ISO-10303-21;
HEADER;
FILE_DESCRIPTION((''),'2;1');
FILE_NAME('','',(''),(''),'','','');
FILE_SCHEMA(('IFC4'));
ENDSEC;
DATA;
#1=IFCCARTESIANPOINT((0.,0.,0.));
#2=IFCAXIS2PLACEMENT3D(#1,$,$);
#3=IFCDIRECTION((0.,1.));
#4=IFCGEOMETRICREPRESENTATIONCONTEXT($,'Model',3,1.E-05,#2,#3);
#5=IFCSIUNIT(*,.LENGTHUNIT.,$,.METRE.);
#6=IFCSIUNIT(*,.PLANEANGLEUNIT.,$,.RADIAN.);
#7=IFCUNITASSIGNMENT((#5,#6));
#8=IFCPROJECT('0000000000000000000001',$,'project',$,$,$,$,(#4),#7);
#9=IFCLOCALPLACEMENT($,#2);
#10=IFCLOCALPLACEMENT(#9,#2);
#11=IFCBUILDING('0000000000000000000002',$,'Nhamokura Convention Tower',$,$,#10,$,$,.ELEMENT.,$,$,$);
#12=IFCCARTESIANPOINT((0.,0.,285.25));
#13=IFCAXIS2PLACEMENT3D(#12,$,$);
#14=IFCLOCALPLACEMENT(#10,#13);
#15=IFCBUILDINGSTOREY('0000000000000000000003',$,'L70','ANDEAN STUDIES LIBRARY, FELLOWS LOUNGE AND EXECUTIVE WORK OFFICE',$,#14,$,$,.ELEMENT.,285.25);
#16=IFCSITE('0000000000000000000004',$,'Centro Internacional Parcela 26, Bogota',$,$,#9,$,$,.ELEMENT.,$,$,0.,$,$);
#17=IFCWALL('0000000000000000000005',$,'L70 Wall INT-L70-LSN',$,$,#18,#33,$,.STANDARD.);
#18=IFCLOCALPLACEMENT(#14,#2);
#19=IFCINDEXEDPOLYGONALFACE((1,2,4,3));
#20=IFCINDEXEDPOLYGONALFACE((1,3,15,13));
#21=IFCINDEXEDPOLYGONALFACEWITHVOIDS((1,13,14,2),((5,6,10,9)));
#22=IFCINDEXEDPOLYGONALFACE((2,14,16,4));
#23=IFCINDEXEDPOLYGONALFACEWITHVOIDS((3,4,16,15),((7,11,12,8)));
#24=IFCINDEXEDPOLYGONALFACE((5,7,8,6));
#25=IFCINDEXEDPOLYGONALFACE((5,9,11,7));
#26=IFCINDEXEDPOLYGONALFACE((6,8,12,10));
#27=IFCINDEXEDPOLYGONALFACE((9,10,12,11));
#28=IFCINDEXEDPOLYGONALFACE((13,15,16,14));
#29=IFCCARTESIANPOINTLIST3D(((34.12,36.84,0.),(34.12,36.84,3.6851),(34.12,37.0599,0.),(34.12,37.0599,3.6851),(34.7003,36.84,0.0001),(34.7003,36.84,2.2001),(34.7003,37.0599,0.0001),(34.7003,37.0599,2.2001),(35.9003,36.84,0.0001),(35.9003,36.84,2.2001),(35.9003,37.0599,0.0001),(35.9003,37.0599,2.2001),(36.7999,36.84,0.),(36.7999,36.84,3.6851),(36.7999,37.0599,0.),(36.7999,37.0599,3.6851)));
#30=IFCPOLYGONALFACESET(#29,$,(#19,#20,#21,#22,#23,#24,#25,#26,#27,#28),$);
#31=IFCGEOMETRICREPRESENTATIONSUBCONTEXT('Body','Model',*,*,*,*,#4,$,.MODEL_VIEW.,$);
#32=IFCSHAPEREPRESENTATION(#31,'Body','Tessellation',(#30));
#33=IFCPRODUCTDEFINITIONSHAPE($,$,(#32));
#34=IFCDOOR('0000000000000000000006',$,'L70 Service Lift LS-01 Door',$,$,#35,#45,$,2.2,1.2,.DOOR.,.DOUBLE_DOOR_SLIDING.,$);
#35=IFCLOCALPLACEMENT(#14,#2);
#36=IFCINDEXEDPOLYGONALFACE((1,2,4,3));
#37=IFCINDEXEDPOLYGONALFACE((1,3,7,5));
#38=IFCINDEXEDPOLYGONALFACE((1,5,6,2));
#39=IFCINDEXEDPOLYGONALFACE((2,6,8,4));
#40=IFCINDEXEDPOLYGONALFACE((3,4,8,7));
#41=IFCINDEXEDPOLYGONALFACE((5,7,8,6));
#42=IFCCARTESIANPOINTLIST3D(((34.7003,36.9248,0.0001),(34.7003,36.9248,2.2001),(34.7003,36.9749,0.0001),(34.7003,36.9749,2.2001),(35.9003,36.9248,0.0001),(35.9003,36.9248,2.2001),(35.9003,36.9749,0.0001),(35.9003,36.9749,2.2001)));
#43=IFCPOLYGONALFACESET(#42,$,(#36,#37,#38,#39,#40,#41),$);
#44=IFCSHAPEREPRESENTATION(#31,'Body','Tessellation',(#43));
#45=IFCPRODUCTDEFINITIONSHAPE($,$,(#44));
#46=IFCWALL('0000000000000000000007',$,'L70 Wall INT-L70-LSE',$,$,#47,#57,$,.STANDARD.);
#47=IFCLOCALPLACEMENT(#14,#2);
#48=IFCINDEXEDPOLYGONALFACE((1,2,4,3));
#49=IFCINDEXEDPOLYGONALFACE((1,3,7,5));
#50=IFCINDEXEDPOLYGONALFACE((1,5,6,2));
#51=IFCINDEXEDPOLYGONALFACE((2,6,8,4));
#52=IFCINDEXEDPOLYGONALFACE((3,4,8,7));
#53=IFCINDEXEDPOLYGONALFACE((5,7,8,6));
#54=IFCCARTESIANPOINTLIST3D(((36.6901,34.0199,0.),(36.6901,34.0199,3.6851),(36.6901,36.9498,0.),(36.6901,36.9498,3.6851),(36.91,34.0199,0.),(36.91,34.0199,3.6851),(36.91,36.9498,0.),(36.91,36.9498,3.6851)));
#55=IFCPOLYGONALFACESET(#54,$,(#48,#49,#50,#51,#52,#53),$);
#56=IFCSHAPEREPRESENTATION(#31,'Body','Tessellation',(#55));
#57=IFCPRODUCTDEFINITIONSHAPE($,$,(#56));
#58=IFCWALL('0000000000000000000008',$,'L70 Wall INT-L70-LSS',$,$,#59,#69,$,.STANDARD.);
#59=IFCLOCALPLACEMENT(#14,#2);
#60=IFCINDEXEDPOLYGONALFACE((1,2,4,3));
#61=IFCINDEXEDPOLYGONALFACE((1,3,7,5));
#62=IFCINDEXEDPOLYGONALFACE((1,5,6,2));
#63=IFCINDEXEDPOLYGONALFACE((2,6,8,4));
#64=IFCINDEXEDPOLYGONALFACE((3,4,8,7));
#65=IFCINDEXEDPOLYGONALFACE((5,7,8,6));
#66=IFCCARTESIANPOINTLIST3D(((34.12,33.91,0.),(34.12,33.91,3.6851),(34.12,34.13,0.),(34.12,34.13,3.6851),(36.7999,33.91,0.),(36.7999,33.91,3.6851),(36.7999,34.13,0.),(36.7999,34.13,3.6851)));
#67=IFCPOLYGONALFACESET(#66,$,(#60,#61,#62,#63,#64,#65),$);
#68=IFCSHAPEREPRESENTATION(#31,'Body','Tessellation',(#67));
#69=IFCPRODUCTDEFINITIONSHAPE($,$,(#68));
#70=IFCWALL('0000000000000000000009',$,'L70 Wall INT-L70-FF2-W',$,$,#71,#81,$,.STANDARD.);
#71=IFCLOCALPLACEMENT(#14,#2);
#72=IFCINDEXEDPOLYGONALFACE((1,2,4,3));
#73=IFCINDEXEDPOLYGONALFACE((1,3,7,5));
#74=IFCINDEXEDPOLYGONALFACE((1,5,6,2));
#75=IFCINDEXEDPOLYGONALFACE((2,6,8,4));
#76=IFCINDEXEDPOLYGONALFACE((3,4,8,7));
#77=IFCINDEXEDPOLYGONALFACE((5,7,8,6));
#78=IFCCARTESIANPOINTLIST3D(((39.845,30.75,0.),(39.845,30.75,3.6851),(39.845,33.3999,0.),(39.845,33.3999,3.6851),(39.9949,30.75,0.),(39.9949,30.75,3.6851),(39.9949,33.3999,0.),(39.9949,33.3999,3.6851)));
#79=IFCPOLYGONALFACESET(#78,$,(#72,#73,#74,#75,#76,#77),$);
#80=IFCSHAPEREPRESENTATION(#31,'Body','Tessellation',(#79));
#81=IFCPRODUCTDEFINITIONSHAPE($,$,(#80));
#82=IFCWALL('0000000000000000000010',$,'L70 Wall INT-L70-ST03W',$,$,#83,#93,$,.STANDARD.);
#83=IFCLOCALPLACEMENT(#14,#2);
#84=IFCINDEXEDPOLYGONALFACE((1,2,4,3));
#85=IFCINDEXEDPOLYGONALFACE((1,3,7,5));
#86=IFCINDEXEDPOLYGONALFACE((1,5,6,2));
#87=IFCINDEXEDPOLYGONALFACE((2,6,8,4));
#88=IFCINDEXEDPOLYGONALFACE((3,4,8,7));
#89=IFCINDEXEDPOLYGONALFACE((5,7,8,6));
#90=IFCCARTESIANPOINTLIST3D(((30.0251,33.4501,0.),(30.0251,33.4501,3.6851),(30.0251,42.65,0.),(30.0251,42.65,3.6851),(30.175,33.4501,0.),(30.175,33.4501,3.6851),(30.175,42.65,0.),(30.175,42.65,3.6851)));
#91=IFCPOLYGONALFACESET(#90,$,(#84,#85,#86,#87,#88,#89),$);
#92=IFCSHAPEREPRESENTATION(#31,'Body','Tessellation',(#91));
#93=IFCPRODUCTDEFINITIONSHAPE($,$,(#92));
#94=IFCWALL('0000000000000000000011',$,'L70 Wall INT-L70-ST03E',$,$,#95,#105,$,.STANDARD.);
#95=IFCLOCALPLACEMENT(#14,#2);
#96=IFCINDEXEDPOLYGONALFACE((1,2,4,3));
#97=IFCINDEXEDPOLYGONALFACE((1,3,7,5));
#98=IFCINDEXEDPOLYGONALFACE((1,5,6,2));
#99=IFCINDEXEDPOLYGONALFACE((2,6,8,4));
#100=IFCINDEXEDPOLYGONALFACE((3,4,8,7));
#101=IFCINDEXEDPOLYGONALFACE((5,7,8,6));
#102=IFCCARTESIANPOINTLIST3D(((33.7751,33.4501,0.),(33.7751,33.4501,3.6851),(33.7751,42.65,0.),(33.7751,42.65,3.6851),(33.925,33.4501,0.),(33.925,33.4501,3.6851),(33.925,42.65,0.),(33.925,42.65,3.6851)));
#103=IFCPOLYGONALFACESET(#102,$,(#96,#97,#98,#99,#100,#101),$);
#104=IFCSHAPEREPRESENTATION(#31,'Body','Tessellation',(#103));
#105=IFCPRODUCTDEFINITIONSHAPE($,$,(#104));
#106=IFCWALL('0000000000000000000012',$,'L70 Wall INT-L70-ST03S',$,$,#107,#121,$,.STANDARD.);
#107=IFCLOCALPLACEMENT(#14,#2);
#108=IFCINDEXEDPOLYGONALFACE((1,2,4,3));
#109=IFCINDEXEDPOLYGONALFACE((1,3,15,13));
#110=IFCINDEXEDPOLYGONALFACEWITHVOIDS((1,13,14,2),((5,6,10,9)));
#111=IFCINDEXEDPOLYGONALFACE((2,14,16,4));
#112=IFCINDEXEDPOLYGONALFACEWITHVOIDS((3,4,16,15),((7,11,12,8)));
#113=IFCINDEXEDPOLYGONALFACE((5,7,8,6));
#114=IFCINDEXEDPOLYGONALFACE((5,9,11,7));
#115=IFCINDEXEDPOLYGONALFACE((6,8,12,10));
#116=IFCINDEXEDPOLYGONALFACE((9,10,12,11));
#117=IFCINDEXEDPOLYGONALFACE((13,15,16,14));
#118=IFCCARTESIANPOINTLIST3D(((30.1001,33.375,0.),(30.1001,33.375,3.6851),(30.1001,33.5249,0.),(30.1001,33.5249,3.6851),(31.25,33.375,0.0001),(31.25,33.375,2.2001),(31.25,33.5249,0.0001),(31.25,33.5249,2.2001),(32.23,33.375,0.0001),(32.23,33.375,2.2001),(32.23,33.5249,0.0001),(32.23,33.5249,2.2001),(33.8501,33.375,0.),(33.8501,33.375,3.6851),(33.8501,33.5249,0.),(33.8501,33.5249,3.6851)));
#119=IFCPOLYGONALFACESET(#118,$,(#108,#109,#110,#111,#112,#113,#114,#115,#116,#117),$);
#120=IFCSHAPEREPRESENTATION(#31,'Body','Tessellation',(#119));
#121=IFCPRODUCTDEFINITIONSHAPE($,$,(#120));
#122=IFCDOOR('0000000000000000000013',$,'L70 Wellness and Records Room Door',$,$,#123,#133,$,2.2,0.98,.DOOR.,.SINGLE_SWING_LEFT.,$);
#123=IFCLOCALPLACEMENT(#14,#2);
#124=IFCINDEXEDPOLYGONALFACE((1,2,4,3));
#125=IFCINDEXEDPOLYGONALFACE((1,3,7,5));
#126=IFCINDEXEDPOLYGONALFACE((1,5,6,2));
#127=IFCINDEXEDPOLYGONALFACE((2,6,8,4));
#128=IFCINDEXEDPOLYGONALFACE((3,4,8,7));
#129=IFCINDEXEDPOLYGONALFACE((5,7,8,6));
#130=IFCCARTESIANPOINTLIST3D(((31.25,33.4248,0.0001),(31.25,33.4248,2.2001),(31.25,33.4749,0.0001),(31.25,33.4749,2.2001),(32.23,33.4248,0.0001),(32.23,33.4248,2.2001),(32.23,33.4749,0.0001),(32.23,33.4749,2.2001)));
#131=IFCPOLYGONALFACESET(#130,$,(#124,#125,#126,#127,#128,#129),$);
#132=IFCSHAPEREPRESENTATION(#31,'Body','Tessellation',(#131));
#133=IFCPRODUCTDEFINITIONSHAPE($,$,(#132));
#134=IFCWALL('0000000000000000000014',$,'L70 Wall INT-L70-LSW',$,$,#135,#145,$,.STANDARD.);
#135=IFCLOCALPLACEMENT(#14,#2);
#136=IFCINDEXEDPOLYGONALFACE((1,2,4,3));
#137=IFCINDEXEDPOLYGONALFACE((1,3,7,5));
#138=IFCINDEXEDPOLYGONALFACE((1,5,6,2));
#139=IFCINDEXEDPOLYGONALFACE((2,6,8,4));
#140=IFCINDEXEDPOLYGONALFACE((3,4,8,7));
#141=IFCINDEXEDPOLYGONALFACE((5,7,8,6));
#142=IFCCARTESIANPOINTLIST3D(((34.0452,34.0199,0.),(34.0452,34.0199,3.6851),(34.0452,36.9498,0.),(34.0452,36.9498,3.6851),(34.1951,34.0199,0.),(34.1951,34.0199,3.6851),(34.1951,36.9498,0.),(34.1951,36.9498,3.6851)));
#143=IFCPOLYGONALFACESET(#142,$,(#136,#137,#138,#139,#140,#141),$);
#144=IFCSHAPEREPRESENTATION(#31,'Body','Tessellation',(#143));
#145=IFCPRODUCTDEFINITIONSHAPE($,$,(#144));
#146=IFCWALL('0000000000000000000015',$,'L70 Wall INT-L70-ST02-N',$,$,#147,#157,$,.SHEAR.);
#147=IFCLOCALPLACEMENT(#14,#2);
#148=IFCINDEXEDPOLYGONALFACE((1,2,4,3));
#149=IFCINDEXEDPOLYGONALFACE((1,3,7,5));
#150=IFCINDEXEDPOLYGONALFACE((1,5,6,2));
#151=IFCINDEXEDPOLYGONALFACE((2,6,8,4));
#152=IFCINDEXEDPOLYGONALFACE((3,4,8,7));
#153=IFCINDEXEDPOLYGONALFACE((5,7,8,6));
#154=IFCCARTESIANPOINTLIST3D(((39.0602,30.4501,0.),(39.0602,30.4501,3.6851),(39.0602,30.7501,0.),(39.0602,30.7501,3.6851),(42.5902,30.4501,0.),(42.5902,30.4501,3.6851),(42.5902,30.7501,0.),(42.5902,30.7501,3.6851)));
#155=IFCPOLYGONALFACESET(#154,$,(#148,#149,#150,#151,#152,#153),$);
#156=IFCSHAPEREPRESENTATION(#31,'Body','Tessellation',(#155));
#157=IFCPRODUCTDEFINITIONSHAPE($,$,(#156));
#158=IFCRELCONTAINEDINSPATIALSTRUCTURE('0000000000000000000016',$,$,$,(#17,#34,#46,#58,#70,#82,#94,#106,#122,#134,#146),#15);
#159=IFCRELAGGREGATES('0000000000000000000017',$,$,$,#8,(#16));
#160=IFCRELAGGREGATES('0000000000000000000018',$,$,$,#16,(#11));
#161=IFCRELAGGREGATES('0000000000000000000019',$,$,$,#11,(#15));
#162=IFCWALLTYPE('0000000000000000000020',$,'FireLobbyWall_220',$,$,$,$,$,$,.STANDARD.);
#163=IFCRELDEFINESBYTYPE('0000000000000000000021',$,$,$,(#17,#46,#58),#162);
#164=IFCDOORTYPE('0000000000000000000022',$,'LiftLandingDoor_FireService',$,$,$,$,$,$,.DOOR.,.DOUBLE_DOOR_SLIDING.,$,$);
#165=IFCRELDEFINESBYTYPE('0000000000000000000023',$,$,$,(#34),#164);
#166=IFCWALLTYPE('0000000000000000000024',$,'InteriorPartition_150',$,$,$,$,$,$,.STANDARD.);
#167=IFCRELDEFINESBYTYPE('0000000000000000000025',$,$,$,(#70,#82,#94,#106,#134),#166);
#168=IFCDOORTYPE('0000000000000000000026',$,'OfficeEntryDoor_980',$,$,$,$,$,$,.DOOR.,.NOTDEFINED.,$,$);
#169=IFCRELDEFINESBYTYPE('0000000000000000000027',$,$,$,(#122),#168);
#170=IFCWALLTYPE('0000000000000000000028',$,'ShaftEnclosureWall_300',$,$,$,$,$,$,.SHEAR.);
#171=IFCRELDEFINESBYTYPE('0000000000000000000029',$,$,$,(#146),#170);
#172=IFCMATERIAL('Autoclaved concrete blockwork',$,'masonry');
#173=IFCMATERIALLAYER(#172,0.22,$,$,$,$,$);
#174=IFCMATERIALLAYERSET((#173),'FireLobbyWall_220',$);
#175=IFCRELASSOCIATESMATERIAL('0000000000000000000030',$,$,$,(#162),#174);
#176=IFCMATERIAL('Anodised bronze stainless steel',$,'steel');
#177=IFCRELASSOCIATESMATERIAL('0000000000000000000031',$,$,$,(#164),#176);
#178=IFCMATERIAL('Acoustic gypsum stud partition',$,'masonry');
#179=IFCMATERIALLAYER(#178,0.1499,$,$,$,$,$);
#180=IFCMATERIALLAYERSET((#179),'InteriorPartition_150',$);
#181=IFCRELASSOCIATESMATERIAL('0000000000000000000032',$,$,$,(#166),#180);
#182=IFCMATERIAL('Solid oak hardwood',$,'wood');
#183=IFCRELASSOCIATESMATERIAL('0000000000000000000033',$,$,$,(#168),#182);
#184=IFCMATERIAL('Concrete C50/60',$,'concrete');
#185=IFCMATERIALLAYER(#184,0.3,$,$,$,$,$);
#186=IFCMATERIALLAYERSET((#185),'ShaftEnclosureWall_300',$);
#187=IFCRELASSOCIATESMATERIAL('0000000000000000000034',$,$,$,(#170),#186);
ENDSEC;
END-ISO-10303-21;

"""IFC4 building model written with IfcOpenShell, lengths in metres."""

from ifc_helpers import new_model, si_unit, direction, frame, frame_2d, origin, place, context, subcontext, project, spatial, rectangle, extrude, material, layer, layer_set, type_object, element, fill, save


model = new_model("IFC4")

# Units and contexts
model_context = context("Model", 3, precision=1e-05, world=origin(), true_north=direction((0.0, 1.0)))
body_context = subcontext(model_context, "Body", "Model", "MODEL_VIEW")
ifc_project = project(units=[si_unit("LENGTHUNIT", "METRE"), si_unit("PLANEANGLEUNIT", "RADIAN")], contexts=[model_context])

# Site, building, storey
site_placement = place(None, origin())
site = spatial("IfcSite", under=ifc_project, at=site_placement, Name="Centro Internacional Parcela 26, Bogota", CompositionType="ELEMENT", RefElevation=0.0)
building_placement = place(site_placement, origin())
building = spatial("IfcBuilding", under=site, at=building_placement, Name="Nhamokura Convention Tower", CompositionType="ELEMENT")
storey_placement = place(building_placement, frame((0.0, 0.0, 285.25)))
storey = spatial("IfcBuildingStorey", under=building, at=storey_placement, Name="L70", Description="ANDEAN STUDIES LIBRARY, FELLOWS LOUNGE AND EXECUTIVE WORK OFFICE", CompositionType="ELEMENT", Elevation=285.25)

# Shared definitions
ifc_material_1 = material(Name="Autoclaved concrete blockwork", Category="masonry")
ifc_layer_1 = layer(ifc_material_1, 0.22)
ifc_layer_set_1 = layer_set([ifc_layer_1], Name="FireLobbyWall_220")
wall_type_1 = type_object("IfcWallType", Name="FireLobbyWall_220", PredefinedType="STANDARD", material=ifc_layer_set_1)
ifc_material_2 = material(Name="Anodised bronze stainless steel", Category="steel")
door_type_1 = type_object("IfcDoorType", Name="LiftLandingDoor_FireService", OperationType="DOUBLE_DOOR_SLIDING", PredefinedType="DOOR", material=ifc_material_2)

# Wall, opening, door
wall_1_placement = place(storey_placement, frame((34.1201, 36.95, 0.0), z_axis=(0.0, 0.0, 1.0), x_axis=(1.0, 0.0, 0.0)))
wall_1 = element("IfcWall", 1, at=wall_1_placement, inside=storey, type_object=wall_type_1, Name="L70 Wall INT-L70-LSN", PredefinedType="STANDARD", context=body_context, shape_type="SweptSolid", body=[
    extrude(rectangle(XDim=2.6799, YDim=0.22, at=frame_2d((1.3398, 0.0))), origin(), (0.0, 0.0, 1.0), 3.6851),
])
opening_1_placement = place(wall_1_placement, frame((0.5801, 0.0, 0.0)))
opening_1 = element("IfcOpeningElement", 2, at=opening_1_placement, cuts=wall_1, PredefinedType="OPENING", context=body_context, shape_type="SweptSolid", body=[
    extrude(rectangle(XDim=1.2, YDim=2.2, at=frame_2d((0.6001, 1.1001))), frame((0.0, 0.1199, 0.0), z_axis=(0.0, -1.0, 0.0), x_axis=(1.0, 0.0, 0.0)), (0.0, 0.0, 1.0), 0.24),
])
door_1_placement = place(opening_1_placement, origin())
door_1 = element("IfcDoor", 3, at=door_1_placement, inside=storey, type_object=door_type_1, Name="L70 Service Lift LS-01 Door", OperationType="DOUBLE_DOOR_SLIDING", OverallHeight=2.2, OverallWidth=1.2, PredefinedType="DOOR", context=body_context, shape_type="SweptSolid", body=[
    extrude(rectangle(XDim=1.2, YDim=2.2, at=frame_2d((0.6001, 1.1001))), frame((0.0, 0.0249, 0.0), z_axis=(0.0, -1.0, 0.0), x_axis=(1.0, 0.0, 0.0)), (0.0, 0.0, 1.0), 0.05),
])
fill(opening_1, door_1)

# Walls
wall_2_placement = place(storey_placement, frame((36.8, 34.02, 0.0), z_axis=(0.0, 0.0, 1.0), x_axis=(0.0, 1.0, 0.0)))
element("IfcWall", 4, at=wall_2_placement, inside=storey, type_object=wall_type_1, Name="L70 Wall INT-L70-LSE", PredefinedType="STANDARD", context=body_context, shape_type="SweptSolid", body=[
    extrude(rectangle(XDim=2.9299, YDim=0.22, at=frame_2d((1.4648, 0.0))), origin(), (0.0, 0.0, 1.0), 3.6851),
])
wall_3_placement = place(storey_placement, frame((34.1201, 34.02, 0.0), z_axis=(0.0, 0.0, 1.0), x_axis=(1.0, 0.0, 0.0)))
element("IfcWall", 5, at=wall_3_placement, inside=storey, type_object=wall_type_1, Name="L70 Wall INT-L70-LSS", PredefinedType="STANDARD", context=body_context, shape_type="SweptSolid", body=[
    extrude(rectangle(XDim=2.6799, YDim=0.22, at=frame_2d((1.3398, 0.0))), origin(), (0.0, 0.0, 1.0), 3.6851),
])
ifc_material_3 = material(Name="Acoustic gypsum stud partition", Category="masonry")
ifc_layer_2 = layer(ifc_material_3, 0.1499)
ifc_layer_set_2 = layer_set([ifc_layer_2], Name="InteriorPartition_150")
wall_type_2 = type_object("IfcWallType", Name="InteriorPartition_150", PredefinedType="STANDARD", material=ifc_layer_set_2)
wall_4_placement = place(storey_placement, frame((39.9199, 30.75, 0.0), z_axis=(0.0, 0.0, 1.0), x_axis=(0.0, 1.0, 0.0)))
element("IfcWall", 6, at=wall_4_placement, inside=storey, type_object=wall_type_2, Name="L70 Wall INT-L70-FF2-W", PredefinedType="STANDARD", context=body_context, shape_type="SweptSolid", body=[
    extrude(rectangle(XDim=2.6499, YDim=0.1499, at=frame_2d((1.325, 0.0))), origin(), (0.0, 0.0, 1.0), 3.6851),
])
for number, where, z_axis, x_axis, name in (
    (7, (30.1001, 33.45, 0.0), (0.0, 0.0, 1.0), (0.0, 1.0, 0.0), "L70 Wall INT-L70-ST03W"),
    (8, (33.8501, 33.45, 0.0), (0.0, 0.0, 1.0), (0.0, 1.0, 0.0), "L70 Wall INT-L70-ST03E"),
):
    element("IfcWall", number, at=place(storey_placement, frame(where, z_axis=z_axis, x_axis=x_axis)), inside=storey, type_object=wall_type_2, Name=name, PredefinedType="STANDARD", context=body_context, shape_type="SweptSolid", body=[
        extrude(rectangle(XDim=9.2, YDim=0.1499, at=frame_2d((4.6001, 0.0))), origin(), (0.0, 0.0, 1.0), 3.6851),
    ])

# Wall, opening, door
wall_5_placement = place(storey_placement, frame((30.1001, 33.45, 0.0), z_axis=(0.0, 0.0, 1.0), x_axis=(1.0, 0.0, 0.0)))
wall_5 = element("IfcWall", 9, at=wall_5_placement, inside=storey, type_object=wall_type_2, Name="L70 Wall INT-L70-ST03S", PredefinedType="STANDARD", context=body_context, shape_type="SweptSolid", body=[
    extrude(rectangle(XDim=3.75, YDim=0.1499, at=frame_2d((1.875, 0.0))), origin(), (0.0, 0.0, 1.0), 3.6851),
])
opening_2_placement = place(wall_5_placement, frame((1.1499, 0.0, 0.0)))
opening_2 = element("IfcOpeningElement", 10, at=opening_2_placement, cuts=wall_5, PredefinedType="OPENING", context=body_context, shape_type="SweptSolid", body=[
    extrude(rectangle(XDim=0.98, YDim=2.2, at=frame_2d((0.49, 1.1001))), frame((0.0, 0.085, 0.0), z_axis=(0.0, -1.0, 0.0), x_axis=(1.0, 0.0, 0.0)), (0.0, 0.0, 1.0), 0.1699),
])
ifc_material_4 = material(Name="Solid oak hardwood", Category="wood")
door_type_2 = type_object("IfcDoorType", Name="OfficeEntryDoor_980", OperationType="NOTDEFINED", PredefinedType="DOOR", material=ifc_material_4)
door_2_placement = place(opening_2_placement, origin())
door_2 = element("IfcDoor", 11, at=door_2_placement, inside=storey, type_object=door_type_2, Name="L70 Wellness and Records Room Door", OperationType="SINGLE_SWING_LEFT", OverallHeight=2.2, OverallWidth=0.98, PredefinedType="DOOR", context=body_context, shape_type="SweptSolid", body=[
    extrude(rectangle(XDim=0.98, YDim=2.2, at=frame_2d((0.49, 1.1001))), frame((0.0, 0.0249, 0.0), z_axis=(0.0, -1.0, 0.0), x_axis=(1.0, 0.0, 0.0)), (0.0, 0.0, 1.0), 0.05),
])
fill(opening_2, door_2)

# Walls
wall_6_placement = place(storey_placement, frame((34.1201, 34.02, 0.0), z_axis=(0.0, 0.0, 1.0), x_axis=(0.0, 1.0, 0.0)))
element("IfcWall", 12, at=wall_6_placement, inside=storey, type_object=wall_type_2, Name="L70 Wall INT-L70-LSW", PredefinedType="STANDARD", context=body_context, shape_type="SweptSolid", body=[
    extrude(rectangle(XDim=2.9299, YDim=0.1499, at=frame_2d((1.4648, 0.0))), origin(), (0.0, 0.0, 1.0), 3.6851),
])
ifc_material_5 = material(Name="Concrete C50/60", Category="concrete")
ifc_layer_3 = layer(ifc_material_5, 0.3)
ifc_layer_set_3 = layer_set([ifc_layer_3], Name="ShaftEnclosureWall_300")
wall_type_3 = type_object("IfcWallType", Name="ShaftEnclosureWall_300", PredefinedType="SHEAR", material=ifc_layer_set_3)
wall_7_placement = place(storey_placement, frame((39.0601, 30.6001, 0.0), z_axis=(0.0, 0.0, 1.0), x_axis=(1.0, 0.0, 0.0)))
element("IfcWall", 13, at=wall_7_placement, inside=storey, type_object=wall_type_3, Name="L70 Wall INT-L70-ST02-N", PredefinedType="SHEAR", context=body_context, shape_type="SweptSolid", body=[
    extrude(rectangle(XDim=3.53, YDim=0.3, at=frame_2d((1.7651, 0.0))), origin(), (0.0, 0.0, 1.0), 3.6851),
])

save(model, "model.ifc")
